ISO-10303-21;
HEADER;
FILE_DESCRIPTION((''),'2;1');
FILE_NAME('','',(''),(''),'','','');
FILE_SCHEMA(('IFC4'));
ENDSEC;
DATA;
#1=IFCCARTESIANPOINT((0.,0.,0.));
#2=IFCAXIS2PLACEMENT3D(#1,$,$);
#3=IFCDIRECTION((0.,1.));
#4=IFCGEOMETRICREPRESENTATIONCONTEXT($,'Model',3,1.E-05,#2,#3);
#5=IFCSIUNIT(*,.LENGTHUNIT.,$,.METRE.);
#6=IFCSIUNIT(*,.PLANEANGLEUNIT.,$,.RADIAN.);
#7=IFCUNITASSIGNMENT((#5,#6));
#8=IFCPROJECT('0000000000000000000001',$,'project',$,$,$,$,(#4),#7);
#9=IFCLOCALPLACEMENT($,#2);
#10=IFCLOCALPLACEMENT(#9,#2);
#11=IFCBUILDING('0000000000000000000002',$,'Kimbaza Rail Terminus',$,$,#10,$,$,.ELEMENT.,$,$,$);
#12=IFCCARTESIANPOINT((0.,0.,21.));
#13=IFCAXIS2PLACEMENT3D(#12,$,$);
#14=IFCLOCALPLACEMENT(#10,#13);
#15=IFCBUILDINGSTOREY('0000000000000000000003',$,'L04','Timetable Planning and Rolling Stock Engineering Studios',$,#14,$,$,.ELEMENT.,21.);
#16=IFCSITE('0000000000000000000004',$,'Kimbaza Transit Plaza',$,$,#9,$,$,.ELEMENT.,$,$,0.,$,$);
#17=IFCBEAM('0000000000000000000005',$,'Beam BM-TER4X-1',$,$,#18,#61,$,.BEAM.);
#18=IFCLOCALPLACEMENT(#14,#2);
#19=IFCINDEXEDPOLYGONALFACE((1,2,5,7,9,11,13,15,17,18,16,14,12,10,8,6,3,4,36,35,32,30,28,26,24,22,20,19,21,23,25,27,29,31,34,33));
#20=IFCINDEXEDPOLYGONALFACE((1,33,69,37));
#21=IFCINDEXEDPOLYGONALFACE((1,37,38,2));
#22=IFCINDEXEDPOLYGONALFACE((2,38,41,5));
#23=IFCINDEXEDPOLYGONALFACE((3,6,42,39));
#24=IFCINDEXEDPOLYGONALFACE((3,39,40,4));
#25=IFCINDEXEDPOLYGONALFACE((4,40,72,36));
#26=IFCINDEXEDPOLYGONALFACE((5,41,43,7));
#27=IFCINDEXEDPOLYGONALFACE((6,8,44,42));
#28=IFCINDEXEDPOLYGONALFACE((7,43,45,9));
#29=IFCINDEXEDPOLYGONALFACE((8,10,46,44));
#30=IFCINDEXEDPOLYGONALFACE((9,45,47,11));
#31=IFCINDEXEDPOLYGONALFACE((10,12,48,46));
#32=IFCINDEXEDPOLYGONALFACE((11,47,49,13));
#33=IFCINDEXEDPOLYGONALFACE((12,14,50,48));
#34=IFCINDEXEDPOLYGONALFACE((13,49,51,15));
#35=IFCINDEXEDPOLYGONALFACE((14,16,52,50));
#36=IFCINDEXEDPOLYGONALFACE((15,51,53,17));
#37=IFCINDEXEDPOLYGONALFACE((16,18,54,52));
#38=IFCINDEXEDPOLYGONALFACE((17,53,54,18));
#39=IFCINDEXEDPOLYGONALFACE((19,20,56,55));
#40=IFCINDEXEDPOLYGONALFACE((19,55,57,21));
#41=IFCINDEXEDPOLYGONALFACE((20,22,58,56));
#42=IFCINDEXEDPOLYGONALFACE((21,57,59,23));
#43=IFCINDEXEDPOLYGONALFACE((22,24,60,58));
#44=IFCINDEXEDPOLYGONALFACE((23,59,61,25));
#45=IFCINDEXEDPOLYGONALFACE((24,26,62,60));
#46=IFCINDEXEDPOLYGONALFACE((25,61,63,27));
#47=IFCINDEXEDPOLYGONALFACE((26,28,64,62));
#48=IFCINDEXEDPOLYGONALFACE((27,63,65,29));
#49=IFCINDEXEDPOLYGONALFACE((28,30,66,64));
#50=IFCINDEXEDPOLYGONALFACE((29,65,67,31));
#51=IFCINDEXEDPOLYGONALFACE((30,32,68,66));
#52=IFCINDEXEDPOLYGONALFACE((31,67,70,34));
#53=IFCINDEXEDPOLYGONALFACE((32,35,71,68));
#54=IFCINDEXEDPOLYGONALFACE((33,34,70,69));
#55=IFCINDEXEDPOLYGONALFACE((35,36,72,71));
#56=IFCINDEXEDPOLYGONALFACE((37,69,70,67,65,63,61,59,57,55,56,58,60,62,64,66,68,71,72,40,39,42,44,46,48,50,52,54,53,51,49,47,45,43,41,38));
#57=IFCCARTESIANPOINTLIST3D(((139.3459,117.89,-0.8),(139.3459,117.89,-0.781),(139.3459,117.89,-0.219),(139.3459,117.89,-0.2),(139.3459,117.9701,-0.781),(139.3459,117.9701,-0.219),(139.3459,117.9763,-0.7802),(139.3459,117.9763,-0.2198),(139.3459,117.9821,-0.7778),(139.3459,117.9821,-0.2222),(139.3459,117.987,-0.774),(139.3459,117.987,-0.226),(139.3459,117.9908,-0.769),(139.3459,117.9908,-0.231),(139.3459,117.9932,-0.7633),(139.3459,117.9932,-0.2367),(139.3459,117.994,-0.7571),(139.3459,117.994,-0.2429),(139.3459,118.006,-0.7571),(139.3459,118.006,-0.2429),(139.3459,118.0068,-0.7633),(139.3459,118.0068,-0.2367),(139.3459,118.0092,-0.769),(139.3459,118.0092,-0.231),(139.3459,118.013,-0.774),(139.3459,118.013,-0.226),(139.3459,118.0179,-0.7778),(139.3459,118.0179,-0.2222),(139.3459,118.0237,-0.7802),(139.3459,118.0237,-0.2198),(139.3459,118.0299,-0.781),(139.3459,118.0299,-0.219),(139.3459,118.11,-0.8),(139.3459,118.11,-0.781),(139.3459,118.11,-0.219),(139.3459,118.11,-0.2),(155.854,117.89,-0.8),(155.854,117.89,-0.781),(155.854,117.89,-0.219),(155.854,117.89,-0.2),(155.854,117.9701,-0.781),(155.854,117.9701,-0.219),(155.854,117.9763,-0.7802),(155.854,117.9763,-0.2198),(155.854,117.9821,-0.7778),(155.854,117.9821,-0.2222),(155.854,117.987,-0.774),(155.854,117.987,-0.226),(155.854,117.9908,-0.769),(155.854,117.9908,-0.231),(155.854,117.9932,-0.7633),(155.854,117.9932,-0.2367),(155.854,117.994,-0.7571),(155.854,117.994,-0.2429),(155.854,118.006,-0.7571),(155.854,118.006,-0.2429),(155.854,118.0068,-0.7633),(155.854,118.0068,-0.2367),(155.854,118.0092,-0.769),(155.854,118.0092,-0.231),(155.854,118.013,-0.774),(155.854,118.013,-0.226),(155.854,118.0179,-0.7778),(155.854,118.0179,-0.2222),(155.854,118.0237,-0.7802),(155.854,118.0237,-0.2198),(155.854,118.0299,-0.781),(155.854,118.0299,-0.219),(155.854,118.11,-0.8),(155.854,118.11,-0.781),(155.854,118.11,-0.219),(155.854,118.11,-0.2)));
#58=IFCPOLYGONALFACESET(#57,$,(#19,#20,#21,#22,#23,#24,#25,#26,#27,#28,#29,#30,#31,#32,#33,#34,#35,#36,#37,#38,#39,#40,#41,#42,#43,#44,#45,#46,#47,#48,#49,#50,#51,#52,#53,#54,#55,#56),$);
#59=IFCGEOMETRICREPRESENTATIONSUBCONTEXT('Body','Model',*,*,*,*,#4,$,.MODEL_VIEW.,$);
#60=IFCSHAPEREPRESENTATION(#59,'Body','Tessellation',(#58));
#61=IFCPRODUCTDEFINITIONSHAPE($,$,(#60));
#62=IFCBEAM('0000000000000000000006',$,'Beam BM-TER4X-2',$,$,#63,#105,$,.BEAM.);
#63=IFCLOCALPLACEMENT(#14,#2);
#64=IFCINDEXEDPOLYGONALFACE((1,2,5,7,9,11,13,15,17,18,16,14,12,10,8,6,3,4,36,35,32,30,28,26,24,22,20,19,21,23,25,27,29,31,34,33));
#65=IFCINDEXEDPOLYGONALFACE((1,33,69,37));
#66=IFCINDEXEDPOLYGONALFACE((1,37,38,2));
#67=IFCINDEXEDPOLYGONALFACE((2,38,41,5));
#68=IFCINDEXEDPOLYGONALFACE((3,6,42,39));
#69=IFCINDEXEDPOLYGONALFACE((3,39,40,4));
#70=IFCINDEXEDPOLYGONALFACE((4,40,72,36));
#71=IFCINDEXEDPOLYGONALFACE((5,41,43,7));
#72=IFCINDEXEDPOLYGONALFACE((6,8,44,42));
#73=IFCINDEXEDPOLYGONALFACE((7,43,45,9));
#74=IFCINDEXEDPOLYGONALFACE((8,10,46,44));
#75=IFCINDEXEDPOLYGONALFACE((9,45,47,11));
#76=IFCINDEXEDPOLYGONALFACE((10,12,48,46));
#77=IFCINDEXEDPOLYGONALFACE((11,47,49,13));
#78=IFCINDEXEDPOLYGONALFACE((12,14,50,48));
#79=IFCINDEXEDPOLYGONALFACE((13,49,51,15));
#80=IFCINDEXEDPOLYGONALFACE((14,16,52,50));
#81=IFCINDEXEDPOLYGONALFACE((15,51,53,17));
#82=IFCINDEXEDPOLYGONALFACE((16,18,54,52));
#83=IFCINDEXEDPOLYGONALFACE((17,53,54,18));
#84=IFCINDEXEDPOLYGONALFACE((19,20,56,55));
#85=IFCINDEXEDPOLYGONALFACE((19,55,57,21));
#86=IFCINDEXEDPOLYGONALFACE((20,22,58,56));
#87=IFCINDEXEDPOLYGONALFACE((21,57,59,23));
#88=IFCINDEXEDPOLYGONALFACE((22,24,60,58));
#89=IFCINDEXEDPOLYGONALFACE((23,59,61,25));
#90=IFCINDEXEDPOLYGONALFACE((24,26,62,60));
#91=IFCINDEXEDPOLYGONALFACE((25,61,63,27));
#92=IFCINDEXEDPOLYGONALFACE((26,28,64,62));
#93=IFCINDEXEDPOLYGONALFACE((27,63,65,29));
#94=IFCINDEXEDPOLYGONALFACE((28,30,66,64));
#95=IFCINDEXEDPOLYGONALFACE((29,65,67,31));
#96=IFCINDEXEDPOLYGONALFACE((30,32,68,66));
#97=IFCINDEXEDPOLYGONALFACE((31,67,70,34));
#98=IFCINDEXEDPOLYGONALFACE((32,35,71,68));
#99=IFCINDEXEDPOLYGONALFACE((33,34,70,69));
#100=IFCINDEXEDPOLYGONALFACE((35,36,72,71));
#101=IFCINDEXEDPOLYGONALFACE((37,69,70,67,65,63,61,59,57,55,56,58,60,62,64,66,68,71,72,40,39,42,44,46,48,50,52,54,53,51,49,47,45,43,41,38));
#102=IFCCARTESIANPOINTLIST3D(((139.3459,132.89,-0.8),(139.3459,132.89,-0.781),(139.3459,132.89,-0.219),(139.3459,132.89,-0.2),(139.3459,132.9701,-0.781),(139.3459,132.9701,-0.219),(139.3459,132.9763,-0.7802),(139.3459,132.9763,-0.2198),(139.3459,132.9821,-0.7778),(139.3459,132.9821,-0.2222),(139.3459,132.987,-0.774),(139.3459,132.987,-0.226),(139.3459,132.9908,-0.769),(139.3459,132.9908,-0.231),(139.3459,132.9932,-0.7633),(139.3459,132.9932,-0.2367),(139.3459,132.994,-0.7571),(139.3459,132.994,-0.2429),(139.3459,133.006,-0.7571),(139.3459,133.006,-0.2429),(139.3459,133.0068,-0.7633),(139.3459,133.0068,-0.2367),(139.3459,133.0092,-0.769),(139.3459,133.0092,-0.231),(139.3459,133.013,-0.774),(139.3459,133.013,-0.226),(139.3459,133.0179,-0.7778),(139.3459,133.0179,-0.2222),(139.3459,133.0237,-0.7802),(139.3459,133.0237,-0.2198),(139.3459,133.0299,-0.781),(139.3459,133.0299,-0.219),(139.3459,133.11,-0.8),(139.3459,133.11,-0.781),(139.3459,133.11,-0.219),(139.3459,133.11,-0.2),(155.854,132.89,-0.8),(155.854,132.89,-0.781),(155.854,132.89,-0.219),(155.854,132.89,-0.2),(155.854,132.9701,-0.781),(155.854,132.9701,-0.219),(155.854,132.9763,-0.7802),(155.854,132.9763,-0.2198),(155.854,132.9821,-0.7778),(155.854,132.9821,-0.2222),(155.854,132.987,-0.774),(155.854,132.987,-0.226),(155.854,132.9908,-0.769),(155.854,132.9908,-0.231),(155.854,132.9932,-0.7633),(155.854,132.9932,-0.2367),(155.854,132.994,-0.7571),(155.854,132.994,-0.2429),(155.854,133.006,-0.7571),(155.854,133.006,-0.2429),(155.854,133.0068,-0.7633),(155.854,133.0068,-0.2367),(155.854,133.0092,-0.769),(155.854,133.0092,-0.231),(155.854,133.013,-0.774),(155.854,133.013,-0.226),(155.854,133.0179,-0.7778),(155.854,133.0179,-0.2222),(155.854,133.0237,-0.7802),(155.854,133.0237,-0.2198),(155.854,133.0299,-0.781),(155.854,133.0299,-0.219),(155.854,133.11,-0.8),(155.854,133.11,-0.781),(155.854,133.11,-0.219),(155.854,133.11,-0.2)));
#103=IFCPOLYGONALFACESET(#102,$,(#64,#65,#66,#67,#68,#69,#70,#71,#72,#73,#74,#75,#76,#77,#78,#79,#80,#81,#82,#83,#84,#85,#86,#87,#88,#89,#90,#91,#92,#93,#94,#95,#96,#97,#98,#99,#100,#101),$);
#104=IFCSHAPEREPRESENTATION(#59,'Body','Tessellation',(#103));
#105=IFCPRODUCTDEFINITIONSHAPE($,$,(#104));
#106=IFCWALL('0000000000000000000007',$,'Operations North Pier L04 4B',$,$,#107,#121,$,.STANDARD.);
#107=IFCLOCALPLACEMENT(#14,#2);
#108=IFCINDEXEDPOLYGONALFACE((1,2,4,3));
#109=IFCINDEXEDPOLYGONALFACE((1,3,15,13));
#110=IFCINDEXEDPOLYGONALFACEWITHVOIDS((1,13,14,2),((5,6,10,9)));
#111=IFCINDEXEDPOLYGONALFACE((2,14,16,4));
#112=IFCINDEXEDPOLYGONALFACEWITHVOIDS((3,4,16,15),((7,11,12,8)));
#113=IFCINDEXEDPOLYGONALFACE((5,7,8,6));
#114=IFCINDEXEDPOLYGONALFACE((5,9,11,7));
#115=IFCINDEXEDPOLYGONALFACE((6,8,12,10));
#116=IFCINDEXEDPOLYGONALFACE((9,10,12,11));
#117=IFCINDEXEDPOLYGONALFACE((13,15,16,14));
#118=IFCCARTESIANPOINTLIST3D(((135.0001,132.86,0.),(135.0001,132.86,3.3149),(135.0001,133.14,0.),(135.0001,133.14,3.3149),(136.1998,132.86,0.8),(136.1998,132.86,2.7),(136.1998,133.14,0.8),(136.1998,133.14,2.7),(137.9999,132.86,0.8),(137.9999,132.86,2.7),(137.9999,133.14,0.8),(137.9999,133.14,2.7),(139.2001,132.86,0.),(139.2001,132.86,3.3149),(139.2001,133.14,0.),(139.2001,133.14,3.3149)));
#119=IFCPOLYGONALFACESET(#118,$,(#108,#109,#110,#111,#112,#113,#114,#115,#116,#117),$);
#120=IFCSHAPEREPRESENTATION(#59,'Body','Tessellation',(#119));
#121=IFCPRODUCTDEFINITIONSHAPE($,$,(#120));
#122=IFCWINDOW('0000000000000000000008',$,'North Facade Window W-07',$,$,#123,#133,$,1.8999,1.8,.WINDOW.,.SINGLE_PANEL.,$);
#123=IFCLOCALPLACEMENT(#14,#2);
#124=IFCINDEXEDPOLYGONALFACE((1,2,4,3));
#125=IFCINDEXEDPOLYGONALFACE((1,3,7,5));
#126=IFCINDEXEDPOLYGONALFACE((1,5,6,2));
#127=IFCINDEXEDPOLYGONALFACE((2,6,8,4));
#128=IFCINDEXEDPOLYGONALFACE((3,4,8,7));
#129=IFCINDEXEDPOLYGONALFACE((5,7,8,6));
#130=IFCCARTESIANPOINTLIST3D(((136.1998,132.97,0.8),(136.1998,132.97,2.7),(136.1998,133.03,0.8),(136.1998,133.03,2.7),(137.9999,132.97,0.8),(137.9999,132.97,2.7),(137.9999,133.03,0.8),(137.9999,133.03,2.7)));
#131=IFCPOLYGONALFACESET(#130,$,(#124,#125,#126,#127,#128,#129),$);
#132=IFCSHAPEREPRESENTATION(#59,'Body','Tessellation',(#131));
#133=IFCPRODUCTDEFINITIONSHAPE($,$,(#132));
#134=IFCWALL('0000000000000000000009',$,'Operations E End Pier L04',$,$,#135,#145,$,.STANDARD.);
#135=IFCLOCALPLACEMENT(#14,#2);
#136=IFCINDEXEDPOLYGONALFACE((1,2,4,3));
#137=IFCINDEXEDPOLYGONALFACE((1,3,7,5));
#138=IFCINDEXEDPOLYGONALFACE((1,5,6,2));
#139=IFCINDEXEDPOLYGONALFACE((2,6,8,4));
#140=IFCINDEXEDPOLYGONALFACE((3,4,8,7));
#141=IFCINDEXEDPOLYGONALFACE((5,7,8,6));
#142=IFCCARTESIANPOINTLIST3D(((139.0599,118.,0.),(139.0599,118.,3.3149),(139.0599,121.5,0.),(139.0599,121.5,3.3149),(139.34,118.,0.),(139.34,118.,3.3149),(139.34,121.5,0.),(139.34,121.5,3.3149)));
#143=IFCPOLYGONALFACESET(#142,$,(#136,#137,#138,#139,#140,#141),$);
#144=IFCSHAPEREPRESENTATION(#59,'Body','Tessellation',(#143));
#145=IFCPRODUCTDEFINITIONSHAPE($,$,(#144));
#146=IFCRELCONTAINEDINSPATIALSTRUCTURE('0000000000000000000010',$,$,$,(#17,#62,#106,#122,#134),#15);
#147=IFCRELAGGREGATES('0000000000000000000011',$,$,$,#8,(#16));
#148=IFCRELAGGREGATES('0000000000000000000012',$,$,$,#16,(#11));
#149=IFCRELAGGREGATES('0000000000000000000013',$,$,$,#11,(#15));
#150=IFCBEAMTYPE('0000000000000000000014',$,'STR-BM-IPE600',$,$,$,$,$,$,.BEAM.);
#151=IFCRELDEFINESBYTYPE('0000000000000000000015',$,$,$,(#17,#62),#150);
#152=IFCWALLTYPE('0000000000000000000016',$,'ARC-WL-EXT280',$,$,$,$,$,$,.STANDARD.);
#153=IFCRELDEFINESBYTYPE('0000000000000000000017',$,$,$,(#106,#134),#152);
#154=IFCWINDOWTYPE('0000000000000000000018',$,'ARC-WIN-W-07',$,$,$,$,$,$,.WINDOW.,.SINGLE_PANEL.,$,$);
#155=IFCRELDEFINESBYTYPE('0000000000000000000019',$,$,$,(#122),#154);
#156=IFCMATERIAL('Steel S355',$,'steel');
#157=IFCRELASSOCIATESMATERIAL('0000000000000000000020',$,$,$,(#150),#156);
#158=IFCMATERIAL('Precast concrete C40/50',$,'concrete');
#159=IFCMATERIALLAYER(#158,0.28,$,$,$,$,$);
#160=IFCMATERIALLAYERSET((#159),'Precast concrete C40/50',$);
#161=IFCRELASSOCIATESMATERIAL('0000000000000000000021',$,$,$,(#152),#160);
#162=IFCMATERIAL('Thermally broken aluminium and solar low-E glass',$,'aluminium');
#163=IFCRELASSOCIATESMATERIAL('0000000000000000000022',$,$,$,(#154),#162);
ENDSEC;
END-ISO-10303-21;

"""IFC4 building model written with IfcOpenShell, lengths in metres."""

from ifc_helpers import new_model, si_unit, direction, frame, frame_2d, origin, origin_2d, place, context, subcontext, project, spatial, rectangle, i_section, extrude, material, layer, layer_set, material_profile, profile_set, type_object, element, fill, save


model = new_model("IFC4")

# Units and contexts
model_context = context("Model", 3, precision=1e-05, world=origin(), true_north=direction((0.0, 1.0)))
body_context = subcontext(model_context, "Body", "Model", "MODEL_VIEW")
ifc_project = project(units=[si_unit("LENGTHUNIT", "METRE"), si_unit("PLANEANGLEUNIT", "RADIAN")], contexts=[model_context])

# Site, building, storey
site_placement = place(None, origin())
site = spatial("IfcSite", under=ifc_project, at=site_placement, Name="Kimbaza Transit Plaza", CompositionType="ELEMENT", RefElevation=0.0)
building_placement = place(site_placement, origin())
building = spatial("IfcBuilding", under=site, at=building_placement, Name="Kimbaza Rail Terminus", CompositionType="ELEMENT")
storey_placement = place(building_placement, frame((0.0, 0.0, 21.0)))
storey = spatial("IfcBuildingStorey", under=building, at=storey_placement, Name="L04", Description="Timetable Planning and Rolling Stock Engineering Studios", CompositionType="ELEMENT", Elevation=21.0)

# Beams
ifc_material_1 = material(Name="Steel S355", Category="steel")
ifc_material_profile_1 = material_profile(ifc_material_1, i_section(OverallWidth=0.22, OverallDepth=0.6001, WebThickness=0.012, FlangeThickness=0.019, FilletRadius=0.0239, at=origin_2d()), Name="IPE 600")
ifc_profile_set_1 = profile_set([ifc_material_profile_1], Name="Steel S355")
beam_type_1 = type_object("IfcBeamType", Name="STR-BM-IPE600", PredefinedType="BEAM", material=ifc_profile_set_1)
for number, where, z_axis, x_axis, name in (
    (1, (139.3459, 118.0, -0.5), (1.0, 0.0, 0.0), (0.0, 1.0, 0.0), "Beam BM-TER4X-1"),
    (2, (139.3459, 133.0, -0.5), (1.0, 0.0, 0.0), (0.0, 1.0, 0.0), "Beam BM-TER4X-2"),
):
    element("IfcBeam", number, at=place(storey_placement, frame(where, z_axis=z_axis, x_axis=x_axis)), inside=storey, type_object=beam_type_1, Name=name, PredefinedType="BEAM", context=body_context, shape_type="SweptSolid", body=[
        extrude(i_section(OverallWidth=0.22, OverallDepth=0.6001, WebThickness=0.012, FlangeThickness=0.019, FilletRadius=0.0239, at=origin_2d()), origin(), (0.0, 0.0, 1.0), 16.5081),
    ])

# Wall, opening, window
ifc_material_2 = material(Name="Precast concrete C40/50", Category="concrete")
ifc_layer_1 = layer(ifc_material_2, 0.28)
ifc_layer_set_1 = layer_set([ifc_layer_1], Name="Precast concrete C40/50")
wall_type_1 = type_object("IfcWallType", Name="ARC-WL-EXT280", PredefinedType="STANDARD", material=ifc_layer_set_1)
wall_1_placement = place(storey_placement, frame((135.0, 133.0, 0.0), z_axis=(0.0, 0.0, 1.0), x_axis=(1.0, 0.0, 0.0)))
wall_1 = element("IfcWall", 3, at=wall_1_placement, inside=storey, type_object=wall_type_1, Name="Operations North Pier L04 4B", PredefinedType="STANDARD", context=body_context, shape_type="SweptSolid", body=[
    extrude(rectangle(XDim=4.2, YDim=0.28, at=frame_2d((2.1001, 0.0))), origin(), (0.0, 0.0, 1.0), 3.3149),
])
opening_1_placement = place(wall_1_placement, frame((1.2, 0.0, 0.8)))
opening_1 = element("IfcOpeningElement", 4, at=opening_1_placement, cuts=wall_1, PredefinedType="OPENING", context=body_context, shape_type="SweptSolid", body=[
    extrude(rectangle(XDim=1.8, YDim=1.8999, at=frame_2d((0.8999, 0.95))), frame((0.0, 0.1499, 0.0), z_axis=(0.0, -1.0, 0.0), x_axis=(1.0, 0.0, 0.0)), (0.0, 0.0, 1.0), 0.3),
])
ifc_material_3 = material(Name="Thermally broken aluminium and solar low-E glass", Category="aluminium")
window_type_1 = type_object("IfcWindowType", Name="ARC-WIN-W-07", PartitioningType="SINGLE_PANEL", PredefinedType="WINDOW", material=ifc_material_3)
window_1_placement = place(opening_1_placement, origin())
window_1 = element("IfcWindow", 5, at=window_1_placement, inside=storey, type_object=window_type_1, Name="North Facade Window W-07", OverallHeight=1.8999, OverallWidth=1.8, PartitioningType="SINGLE_PANEL", PredefinedType="WINDOW", context=body_context, shape_type="SweptSolid", body=[
    extrude(rectangle(XDim=1.8, YDim=1.8999, at=frame_2d((0.8999, 0.95))), frame((0.0, 0.03, 0.0), z_axis=(0.0, -1.0, 0.0), x_axis=(1.0, 0.0, 0.0)), (0.0, 0.0, 1.0), 0.0601),
])
fill(opening_1, window_1)

# Wall
wall_2_placement = place(storey_placement, frame((139.2, 118.0, 0.0), z_axis=(0.0, 0.0, 1.0), x_axis=(0.0, 1.0, 0.0)))
element("IfcWall", 6, at=wall_2_placement, inside=storey, type_object=wall_type_1, Name="Operations E End Pier L04", PredefinedType="STANDARD", context=body_context, shape_type="SweptSolid", body=[
    extrude(rectangle(XDim=3.5, YDim=0.28, at=frame_2d((1.75, 0.0))), origin(), (0.0, 0.0, 1.0), 3.3149),
])

save(model, "model.ifc")
